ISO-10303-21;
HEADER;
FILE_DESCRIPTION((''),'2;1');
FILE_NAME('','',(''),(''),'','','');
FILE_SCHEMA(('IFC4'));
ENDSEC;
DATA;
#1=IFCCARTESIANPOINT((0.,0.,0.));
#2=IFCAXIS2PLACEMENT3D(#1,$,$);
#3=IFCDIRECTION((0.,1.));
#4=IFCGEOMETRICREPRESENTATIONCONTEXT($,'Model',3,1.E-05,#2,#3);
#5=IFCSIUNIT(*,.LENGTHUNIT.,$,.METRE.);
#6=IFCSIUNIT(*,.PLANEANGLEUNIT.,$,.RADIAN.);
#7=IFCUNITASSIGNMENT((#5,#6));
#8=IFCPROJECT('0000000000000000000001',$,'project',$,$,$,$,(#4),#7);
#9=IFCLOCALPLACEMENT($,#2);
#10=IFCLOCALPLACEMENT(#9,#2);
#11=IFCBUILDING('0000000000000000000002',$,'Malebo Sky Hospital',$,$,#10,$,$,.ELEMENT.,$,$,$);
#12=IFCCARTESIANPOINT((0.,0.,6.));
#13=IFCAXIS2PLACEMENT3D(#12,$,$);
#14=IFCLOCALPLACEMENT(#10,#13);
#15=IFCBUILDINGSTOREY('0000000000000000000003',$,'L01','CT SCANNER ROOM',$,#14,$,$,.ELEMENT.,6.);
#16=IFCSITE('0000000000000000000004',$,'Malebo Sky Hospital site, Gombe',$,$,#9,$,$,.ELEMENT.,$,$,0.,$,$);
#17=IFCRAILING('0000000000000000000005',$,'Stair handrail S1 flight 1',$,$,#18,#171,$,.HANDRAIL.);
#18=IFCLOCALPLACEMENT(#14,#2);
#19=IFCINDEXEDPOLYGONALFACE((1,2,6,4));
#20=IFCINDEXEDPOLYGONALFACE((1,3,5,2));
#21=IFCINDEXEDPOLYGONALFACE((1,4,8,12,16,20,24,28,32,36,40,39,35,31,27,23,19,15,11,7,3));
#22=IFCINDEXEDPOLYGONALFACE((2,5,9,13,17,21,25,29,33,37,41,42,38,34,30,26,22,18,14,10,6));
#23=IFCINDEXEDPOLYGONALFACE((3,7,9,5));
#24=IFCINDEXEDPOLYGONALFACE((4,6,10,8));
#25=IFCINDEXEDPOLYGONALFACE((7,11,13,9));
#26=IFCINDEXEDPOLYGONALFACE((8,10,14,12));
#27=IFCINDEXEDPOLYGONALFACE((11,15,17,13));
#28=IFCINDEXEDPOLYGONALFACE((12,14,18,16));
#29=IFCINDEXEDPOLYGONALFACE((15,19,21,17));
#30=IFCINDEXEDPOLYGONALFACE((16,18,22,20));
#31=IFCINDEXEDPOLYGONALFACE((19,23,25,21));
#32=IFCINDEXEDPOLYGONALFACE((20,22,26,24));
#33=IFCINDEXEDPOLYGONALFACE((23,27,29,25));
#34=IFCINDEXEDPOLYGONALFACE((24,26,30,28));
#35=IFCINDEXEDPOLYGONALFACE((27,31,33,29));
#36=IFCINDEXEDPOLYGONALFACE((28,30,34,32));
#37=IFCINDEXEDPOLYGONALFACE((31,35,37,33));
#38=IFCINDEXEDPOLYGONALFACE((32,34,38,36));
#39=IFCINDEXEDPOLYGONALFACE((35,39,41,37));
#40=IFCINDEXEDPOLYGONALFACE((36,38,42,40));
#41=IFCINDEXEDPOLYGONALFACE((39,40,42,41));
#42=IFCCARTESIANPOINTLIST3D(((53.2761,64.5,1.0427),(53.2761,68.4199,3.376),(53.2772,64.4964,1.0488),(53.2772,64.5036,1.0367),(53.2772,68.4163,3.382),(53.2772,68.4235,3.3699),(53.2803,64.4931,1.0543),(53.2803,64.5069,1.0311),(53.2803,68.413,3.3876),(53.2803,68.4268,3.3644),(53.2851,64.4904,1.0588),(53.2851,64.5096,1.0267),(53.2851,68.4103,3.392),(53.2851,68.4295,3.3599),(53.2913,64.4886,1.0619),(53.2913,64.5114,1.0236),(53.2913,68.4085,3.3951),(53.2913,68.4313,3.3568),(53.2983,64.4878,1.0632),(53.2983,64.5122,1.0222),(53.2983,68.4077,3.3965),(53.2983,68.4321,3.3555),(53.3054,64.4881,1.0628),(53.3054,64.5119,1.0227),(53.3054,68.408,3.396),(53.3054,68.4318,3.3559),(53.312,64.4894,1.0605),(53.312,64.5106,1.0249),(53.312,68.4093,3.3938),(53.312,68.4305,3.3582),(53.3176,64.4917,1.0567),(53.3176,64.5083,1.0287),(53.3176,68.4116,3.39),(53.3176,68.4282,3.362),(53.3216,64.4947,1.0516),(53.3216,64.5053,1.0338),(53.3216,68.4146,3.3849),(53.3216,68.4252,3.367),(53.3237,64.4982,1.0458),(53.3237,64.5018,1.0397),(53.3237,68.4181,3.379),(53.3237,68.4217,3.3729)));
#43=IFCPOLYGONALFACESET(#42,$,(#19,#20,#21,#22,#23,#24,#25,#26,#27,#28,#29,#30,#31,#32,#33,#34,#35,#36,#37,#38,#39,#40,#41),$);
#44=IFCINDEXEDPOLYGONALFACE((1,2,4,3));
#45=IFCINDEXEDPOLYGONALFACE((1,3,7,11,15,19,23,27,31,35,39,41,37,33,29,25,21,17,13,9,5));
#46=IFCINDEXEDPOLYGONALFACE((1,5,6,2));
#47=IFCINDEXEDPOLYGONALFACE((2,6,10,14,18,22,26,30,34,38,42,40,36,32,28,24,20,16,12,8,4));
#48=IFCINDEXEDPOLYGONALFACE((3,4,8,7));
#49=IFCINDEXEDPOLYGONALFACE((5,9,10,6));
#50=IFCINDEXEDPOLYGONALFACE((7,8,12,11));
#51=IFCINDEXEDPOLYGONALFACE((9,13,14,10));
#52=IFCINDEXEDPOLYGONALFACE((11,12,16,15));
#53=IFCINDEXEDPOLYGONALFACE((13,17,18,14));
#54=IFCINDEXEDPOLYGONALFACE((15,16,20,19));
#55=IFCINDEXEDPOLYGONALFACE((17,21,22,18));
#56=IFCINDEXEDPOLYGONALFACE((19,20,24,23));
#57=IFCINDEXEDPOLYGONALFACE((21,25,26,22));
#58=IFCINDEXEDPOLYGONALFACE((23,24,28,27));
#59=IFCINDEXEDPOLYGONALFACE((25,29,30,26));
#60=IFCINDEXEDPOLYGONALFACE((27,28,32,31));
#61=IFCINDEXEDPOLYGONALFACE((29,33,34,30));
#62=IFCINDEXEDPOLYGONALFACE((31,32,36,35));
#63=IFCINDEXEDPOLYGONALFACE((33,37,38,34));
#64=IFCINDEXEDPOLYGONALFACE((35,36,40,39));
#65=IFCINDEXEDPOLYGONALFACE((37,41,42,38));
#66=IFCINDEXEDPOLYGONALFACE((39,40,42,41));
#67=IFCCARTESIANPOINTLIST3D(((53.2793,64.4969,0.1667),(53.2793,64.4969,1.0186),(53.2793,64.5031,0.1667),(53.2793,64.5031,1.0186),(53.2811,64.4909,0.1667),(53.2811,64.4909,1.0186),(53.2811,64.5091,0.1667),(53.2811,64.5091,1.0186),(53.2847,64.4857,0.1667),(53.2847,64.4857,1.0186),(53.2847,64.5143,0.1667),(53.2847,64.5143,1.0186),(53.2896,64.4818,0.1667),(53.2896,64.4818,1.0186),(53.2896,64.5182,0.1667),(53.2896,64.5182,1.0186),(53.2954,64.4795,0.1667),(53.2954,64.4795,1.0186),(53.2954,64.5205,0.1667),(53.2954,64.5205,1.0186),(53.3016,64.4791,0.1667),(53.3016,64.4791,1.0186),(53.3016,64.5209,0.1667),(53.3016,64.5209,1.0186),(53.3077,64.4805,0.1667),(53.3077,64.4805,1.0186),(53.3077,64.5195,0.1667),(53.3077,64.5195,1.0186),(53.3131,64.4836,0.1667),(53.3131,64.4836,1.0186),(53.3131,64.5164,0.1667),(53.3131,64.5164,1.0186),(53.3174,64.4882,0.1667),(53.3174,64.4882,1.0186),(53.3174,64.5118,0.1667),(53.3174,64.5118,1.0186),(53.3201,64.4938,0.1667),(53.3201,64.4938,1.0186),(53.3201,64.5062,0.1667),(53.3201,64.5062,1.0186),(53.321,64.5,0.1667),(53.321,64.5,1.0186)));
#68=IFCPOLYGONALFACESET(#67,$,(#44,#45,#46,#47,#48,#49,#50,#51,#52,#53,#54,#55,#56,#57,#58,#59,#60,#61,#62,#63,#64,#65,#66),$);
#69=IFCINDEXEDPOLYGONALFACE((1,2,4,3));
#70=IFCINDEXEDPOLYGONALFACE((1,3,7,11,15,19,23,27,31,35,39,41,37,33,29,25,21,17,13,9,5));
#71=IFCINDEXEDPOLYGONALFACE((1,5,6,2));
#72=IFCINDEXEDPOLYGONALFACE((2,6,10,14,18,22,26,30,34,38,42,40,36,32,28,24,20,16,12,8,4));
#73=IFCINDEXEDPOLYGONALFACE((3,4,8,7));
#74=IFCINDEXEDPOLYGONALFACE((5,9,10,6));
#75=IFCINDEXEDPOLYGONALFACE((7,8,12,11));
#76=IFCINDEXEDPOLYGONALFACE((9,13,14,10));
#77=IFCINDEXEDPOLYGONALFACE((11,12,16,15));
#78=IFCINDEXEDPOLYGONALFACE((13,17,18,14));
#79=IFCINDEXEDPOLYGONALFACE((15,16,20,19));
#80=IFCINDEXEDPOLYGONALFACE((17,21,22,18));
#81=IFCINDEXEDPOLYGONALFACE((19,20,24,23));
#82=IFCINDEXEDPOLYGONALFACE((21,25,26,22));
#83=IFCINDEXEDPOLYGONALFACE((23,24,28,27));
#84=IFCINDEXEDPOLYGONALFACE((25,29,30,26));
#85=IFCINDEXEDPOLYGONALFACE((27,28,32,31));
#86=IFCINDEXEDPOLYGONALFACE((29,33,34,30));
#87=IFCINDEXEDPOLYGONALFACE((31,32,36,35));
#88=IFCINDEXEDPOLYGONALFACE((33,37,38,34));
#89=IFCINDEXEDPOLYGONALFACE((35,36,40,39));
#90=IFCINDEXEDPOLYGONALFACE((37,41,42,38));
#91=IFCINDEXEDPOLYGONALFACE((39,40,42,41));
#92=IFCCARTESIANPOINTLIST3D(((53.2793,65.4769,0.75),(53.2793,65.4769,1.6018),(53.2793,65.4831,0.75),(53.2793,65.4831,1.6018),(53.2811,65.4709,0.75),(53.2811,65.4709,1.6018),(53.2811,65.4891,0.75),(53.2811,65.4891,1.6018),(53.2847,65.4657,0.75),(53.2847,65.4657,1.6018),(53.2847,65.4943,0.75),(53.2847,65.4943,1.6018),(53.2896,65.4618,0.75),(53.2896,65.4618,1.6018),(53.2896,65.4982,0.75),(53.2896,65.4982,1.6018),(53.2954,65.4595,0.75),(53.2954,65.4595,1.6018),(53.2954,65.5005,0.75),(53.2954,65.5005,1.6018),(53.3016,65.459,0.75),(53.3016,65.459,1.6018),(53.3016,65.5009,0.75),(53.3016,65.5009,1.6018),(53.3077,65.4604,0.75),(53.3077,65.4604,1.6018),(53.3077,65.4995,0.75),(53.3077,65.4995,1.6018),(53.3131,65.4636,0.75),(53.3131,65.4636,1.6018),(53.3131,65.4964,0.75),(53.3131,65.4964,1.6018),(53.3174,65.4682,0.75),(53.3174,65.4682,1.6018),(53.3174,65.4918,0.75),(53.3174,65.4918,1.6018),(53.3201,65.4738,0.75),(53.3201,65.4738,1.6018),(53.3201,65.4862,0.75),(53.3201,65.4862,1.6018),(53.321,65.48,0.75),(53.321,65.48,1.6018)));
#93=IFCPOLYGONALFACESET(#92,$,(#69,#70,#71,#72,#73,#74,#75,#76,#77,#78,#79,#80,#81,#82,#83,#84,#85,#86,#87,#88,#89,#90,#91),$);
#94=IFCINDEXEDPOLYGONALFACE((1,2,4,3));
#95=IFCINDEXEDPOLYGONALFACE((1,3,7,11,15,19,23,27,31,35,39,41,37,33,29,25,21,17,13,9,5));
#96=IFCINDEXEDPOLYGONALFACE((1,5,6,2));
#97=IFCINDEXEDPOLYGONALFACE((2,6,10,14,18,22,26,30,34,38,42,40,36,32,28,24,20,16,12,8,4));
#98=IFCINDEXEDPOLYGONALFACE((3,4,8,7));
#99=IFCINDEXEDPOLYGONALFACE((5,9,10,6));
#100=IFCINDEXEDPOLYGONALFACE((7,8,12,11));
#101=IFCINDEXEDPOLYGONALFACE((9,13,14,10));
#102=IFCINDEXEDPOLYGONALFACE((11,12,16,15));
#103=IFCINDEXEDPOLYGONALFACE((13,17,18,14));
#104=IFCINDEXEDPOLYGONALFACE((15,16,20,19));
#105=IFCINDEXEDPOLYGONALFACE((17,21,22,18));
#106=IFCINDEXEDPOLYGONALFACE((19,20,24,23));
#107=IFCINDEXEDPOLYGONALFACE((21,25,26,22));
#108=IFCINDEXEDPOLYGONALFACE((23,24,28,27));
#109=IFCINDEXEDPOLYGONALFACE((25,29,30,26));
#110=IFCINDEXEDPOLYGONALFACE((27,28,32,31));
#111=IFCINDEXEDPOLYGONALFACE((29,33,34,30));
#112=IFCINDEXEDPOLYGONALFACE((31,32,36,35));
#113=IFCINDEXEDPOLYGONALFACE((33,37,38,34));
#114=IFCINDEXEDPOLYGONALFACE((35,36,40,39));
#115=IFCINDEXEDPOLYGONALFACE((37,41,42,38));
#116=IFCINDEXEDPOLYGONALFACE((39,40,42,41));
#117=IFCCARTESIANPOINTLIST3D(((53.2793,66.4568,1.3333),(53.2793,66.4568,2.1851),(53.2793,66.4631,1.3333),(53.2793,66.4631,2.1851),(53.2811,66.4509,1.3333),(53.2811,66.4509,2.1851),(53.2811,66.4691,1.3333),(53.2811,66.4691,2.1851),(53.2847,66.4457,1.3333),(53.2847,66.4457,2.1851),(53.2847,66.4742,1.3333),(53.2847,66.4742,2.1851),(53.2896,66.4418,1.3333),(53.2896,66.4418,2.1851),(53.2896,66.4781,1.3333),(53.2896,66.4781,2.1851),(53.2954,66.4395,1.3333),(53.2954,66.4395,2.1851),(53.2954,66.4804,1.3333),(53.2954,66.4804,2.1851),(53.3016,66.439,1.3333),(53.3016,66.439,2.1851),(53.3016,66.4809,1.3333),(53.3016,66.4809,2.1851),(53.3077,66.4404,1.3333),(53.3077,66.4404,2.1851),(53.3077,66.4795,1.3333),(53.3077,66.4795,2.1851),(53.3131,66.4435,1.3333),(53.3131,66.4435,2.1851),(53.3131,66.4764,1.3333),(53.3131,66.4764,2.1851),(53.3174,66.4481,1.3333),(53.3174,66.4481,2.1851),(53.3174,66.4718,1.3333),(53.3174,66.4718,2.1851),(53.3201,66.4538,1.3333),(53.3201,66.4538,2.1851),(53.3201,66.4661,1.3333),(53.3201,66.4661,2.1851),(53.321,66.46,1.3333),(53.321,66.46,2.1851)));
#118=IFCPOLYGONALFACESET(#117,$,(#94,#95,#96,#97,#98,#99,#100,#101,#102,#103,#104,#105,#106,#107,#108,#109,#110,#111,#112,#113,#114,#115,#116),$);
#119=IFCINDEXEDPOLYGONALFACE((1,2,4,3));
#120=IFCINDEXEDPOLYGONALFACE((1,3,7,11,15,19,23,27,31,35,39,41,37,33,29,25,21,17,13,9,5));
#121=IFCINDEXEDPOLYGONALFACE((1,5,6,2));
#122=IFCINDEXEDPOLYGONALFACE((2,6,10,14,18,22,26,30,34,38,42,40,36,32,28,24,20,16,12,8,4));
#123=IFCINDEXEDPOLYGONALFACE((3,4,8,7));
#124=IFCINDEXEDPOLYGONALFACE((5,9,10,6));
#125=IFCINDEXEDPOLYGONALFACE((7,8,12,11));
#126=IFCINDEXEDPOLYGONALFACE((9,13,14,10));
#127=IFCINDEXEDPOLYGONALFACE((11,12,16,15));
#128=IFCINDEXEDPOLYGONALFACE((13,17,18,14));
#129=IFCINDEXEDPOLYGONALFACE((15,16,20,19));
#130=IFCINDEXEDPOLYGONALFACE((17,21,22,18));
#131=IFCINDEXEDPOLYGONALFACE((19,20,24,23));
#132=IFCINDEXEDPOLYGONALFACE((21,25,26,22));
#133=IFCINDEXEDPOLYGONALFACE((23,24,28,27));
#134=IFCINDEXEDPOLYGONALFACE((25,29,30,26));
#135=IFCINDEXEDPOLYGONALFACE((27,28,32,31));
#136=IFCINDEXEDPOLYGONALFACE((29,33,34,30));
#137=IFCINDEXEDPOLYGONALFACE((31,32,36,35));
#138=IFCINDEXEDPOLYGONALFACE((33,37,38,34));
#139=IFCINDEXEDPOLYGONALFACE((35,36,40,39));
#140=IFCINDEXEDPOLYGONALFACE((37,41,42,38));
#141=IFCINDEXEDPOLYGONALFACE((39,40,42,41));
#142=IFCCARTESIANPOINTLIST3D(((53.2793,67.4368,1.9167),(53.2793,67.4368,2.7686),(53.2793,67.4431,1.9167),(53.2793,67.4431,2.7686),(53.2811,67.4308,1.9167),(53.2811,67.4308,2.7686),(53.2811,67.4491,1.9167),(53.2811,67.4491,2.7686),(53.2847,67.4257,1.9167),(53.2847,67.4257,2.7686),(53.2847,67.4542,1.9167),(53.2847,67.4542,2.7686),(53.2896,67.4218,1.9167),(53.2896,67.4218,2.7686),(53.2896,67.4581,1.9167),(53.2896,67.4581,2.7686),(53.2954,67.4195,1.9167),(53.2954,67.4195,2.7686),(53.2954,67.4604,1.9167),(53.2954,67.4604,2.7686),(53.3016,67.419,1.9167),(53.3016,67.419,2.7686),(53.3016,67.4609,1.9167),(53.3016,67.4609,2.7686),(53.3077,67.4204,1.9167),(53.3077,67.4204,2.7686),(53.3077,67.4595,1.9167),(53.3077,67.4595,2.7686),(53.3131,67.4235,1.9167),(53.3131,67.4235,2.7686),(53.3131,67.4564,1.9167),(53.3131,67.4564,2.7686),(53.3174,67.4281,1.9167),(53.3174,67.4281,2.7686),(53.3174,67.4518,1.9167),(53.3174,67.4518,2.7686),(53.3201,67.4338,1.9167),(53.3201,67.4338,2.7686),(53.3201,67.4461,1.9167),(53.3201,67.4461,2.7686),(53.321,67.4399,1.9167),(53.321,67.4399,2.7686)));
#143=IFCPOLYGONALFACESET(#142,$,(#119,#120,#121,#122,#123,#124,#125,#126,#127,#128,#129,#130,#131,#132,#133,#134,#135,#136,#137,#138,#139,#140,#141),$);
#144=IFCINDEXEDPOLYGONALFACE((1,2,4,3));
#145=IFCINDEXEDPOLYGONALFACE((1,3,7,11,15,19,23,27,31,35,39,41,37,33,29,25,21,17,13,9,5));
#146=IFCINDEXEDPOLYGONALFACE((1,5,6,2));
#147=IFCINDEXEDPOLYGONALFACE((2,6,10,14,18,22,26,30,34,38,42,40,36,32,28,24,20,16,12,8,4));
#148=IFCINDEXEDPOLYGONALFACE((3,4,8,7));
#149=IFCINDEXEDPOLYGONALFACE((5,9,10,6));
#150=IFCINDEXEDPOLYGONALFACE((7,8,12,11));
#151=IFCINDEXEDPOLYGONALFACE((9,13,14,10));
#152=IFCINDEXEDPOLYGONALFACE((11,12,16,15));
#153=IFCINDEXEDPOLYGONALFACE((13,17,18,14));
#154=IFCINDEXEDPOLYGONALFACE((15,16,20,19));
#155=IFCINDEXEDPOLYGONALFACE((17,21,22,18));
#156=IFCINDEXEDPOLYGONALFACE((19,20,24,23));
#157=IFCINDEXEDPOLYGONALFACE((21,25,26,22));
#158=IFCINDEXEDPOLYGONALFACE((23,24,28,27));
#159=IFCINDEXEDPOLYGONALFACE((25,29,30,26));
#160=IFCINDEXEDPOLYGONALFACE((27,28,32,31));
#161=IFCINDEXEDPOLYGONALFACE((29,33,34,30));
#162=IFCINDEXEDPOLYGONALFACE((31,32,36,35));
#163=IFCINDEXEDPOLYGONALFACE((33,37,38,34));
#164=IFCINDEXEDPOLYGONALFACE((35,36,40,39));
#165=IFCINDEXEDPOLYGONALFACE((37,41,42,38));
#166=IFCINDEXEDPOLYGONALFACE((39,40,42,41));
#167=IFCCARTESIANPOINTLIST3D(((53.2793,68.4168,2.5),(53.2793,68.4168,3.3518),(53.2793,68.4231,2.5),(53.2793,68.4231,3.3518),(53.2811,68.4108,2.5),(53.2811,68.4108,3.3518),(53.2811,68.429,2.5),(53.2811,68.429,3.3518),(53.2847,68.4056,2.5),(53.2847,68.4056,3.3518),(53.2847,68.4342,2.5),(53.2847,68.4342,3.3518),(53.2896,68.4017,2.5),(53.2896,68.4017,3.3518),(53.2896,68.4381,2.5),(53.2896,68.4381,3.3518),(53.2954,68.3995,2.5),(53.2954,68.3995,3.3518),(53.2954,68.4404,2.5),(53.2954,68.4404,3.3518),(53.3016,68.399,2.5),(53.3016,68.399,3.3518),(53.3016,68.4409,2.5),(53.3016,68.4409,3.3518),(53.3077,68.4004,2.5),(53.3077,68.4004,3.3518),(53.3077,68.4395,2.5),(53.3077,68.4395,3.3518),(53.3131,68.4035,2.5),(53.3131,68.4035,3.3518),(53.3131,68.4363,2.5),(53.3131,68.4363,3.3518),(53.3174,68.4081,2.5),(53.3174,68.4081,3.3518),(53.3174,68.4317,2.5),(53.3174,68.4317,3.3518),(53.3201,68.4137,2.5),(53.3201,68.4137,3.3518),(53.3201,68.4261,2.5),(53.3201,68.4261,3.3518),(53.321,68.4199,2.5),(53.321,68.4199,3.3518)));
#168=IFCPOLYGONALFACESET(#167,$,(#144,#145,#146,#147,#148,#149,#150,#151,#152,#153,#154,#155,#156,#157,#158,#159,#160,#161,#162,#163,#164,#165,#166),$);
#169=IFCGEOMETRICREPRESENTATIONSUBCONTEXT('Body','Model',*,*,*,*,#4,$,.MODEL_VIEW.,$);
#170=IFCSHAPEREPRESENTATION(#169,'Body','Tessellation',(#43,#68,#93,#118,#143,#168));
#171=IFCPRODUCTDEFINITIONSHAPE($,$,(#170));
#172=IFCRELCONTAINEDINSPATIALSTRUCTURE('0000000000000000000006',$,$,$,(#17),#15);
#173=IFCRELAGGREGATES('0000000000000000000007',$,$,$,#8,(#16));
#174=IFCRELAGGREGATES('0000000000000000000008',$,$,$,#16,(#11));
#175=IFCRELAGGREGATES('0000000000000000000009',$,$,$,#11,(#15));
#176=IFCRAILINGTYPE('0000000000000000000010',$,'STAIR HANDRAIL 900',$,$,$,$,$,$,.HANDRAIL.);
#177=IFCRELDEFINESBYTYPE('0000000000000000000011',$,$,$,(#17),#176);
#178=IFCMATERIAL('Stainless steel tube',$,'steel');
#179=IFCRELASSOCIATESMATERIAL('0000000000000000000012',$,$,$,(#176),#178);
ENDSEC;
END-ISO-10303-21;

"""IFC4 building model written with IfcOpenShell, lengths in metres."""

from ifc_helpers import new_model, si_unit, direction, frame, origin, origin_2d, place, context, subcontext, project, spatial, circle, extrude, material, type_object, element, save


model = new_model("IFC4")

# Units and contexts
model_context = context("Model", 3, precision=1e-05, world=origin(), true_north=direction((0.0, 1.0)))
body_context = subcontext(model_context, "Body", "Model", "MODEL_VIEW")
ifc_project = project(units=[si_unit("LENGTHUNIT", "METRE"), si_unit("PLANEANGLEUNIT", "RADIAN")], contexts=[model_context])

# Site, building, storey
site_placement = place(None, origin())
site = spatial("IfcSite", under=ifc_project, at=site_placement, Name="Malebo Sky Hospital site, Gombe", CompositionType="ELEMENT", RefElevation=0.0)
building_placement = place(site_placement, origin())
building = spatial("IfcBuilding", under=site, at=building_placement, Name="Malebo Sky Hospital", CompositionType="ELEMENT")
storey_placement = place(building_placement, frame((0.0, 0.0, 6.0)))
storey = spatial("IfcBuildingStorey", under=building, at=storey_placement, Name="L01", Description="CT SCANNER ROOM", CompositionType="ELEMENT", Elevation=6.0)

# Railing
ifc_material_1 = material(Name="Stainless steel tube", Category="steel")
railing_type = type_object("IfcRailingType", Name="STAIR HANDRAIL 900", PredefinedType="HANDRAIL", material=ifc_material_1)
railing_1_placement = place(storey_placement, frame((53.3, 64.5, 0.1667)))
element("IfcRailing", 1, at=railing_1_placement, inside=storey, type_object=railing_type, Name="Stair handrail S1 flight 1", PredefinedType="HANDRAIL", context=body_context, shape_type="SweptSolid", body=[
    extrude(circle(Radius=0.0239, at=origin_2d()), frame((0.0, 0.0, 0.876), z_axis=(0.0, 0.859296, 0.511478), x_axis=(-1.0, 0.0, 0.0)), (0.0, 0.0, 1.0), 4.5618),
    extrude(circle(Radius=0.021, at=origin_2d()), origin(), (0.0, 0.0, 1.0), 0.8518),
    extrude(circle(Radius=0.021, at=origin_2d()), frame((0.0, 0.98, 0.5833)), (0.0, 0.0, 1.0), 0.8518),
    extrude(circle(Radius=0.021, at=origin_2d()), frame((0.0, 1.96, 1.1665)), (0.0, 0.0, 1.0), 0.8518),
    extrude(circle(Radius=0.021, at=origin_2d()), frame((0.0, 2.9399, 1.75)), (0.0, 0.0, 1.0), 0.8518),
    extrude(circle(Radius=0.021, at=origin_2d()), frame((0.0, 3.9199, 2.3333)), (0.0, 0.0, 1.0), 0.8518),
])

save(model, "model.ifc")
